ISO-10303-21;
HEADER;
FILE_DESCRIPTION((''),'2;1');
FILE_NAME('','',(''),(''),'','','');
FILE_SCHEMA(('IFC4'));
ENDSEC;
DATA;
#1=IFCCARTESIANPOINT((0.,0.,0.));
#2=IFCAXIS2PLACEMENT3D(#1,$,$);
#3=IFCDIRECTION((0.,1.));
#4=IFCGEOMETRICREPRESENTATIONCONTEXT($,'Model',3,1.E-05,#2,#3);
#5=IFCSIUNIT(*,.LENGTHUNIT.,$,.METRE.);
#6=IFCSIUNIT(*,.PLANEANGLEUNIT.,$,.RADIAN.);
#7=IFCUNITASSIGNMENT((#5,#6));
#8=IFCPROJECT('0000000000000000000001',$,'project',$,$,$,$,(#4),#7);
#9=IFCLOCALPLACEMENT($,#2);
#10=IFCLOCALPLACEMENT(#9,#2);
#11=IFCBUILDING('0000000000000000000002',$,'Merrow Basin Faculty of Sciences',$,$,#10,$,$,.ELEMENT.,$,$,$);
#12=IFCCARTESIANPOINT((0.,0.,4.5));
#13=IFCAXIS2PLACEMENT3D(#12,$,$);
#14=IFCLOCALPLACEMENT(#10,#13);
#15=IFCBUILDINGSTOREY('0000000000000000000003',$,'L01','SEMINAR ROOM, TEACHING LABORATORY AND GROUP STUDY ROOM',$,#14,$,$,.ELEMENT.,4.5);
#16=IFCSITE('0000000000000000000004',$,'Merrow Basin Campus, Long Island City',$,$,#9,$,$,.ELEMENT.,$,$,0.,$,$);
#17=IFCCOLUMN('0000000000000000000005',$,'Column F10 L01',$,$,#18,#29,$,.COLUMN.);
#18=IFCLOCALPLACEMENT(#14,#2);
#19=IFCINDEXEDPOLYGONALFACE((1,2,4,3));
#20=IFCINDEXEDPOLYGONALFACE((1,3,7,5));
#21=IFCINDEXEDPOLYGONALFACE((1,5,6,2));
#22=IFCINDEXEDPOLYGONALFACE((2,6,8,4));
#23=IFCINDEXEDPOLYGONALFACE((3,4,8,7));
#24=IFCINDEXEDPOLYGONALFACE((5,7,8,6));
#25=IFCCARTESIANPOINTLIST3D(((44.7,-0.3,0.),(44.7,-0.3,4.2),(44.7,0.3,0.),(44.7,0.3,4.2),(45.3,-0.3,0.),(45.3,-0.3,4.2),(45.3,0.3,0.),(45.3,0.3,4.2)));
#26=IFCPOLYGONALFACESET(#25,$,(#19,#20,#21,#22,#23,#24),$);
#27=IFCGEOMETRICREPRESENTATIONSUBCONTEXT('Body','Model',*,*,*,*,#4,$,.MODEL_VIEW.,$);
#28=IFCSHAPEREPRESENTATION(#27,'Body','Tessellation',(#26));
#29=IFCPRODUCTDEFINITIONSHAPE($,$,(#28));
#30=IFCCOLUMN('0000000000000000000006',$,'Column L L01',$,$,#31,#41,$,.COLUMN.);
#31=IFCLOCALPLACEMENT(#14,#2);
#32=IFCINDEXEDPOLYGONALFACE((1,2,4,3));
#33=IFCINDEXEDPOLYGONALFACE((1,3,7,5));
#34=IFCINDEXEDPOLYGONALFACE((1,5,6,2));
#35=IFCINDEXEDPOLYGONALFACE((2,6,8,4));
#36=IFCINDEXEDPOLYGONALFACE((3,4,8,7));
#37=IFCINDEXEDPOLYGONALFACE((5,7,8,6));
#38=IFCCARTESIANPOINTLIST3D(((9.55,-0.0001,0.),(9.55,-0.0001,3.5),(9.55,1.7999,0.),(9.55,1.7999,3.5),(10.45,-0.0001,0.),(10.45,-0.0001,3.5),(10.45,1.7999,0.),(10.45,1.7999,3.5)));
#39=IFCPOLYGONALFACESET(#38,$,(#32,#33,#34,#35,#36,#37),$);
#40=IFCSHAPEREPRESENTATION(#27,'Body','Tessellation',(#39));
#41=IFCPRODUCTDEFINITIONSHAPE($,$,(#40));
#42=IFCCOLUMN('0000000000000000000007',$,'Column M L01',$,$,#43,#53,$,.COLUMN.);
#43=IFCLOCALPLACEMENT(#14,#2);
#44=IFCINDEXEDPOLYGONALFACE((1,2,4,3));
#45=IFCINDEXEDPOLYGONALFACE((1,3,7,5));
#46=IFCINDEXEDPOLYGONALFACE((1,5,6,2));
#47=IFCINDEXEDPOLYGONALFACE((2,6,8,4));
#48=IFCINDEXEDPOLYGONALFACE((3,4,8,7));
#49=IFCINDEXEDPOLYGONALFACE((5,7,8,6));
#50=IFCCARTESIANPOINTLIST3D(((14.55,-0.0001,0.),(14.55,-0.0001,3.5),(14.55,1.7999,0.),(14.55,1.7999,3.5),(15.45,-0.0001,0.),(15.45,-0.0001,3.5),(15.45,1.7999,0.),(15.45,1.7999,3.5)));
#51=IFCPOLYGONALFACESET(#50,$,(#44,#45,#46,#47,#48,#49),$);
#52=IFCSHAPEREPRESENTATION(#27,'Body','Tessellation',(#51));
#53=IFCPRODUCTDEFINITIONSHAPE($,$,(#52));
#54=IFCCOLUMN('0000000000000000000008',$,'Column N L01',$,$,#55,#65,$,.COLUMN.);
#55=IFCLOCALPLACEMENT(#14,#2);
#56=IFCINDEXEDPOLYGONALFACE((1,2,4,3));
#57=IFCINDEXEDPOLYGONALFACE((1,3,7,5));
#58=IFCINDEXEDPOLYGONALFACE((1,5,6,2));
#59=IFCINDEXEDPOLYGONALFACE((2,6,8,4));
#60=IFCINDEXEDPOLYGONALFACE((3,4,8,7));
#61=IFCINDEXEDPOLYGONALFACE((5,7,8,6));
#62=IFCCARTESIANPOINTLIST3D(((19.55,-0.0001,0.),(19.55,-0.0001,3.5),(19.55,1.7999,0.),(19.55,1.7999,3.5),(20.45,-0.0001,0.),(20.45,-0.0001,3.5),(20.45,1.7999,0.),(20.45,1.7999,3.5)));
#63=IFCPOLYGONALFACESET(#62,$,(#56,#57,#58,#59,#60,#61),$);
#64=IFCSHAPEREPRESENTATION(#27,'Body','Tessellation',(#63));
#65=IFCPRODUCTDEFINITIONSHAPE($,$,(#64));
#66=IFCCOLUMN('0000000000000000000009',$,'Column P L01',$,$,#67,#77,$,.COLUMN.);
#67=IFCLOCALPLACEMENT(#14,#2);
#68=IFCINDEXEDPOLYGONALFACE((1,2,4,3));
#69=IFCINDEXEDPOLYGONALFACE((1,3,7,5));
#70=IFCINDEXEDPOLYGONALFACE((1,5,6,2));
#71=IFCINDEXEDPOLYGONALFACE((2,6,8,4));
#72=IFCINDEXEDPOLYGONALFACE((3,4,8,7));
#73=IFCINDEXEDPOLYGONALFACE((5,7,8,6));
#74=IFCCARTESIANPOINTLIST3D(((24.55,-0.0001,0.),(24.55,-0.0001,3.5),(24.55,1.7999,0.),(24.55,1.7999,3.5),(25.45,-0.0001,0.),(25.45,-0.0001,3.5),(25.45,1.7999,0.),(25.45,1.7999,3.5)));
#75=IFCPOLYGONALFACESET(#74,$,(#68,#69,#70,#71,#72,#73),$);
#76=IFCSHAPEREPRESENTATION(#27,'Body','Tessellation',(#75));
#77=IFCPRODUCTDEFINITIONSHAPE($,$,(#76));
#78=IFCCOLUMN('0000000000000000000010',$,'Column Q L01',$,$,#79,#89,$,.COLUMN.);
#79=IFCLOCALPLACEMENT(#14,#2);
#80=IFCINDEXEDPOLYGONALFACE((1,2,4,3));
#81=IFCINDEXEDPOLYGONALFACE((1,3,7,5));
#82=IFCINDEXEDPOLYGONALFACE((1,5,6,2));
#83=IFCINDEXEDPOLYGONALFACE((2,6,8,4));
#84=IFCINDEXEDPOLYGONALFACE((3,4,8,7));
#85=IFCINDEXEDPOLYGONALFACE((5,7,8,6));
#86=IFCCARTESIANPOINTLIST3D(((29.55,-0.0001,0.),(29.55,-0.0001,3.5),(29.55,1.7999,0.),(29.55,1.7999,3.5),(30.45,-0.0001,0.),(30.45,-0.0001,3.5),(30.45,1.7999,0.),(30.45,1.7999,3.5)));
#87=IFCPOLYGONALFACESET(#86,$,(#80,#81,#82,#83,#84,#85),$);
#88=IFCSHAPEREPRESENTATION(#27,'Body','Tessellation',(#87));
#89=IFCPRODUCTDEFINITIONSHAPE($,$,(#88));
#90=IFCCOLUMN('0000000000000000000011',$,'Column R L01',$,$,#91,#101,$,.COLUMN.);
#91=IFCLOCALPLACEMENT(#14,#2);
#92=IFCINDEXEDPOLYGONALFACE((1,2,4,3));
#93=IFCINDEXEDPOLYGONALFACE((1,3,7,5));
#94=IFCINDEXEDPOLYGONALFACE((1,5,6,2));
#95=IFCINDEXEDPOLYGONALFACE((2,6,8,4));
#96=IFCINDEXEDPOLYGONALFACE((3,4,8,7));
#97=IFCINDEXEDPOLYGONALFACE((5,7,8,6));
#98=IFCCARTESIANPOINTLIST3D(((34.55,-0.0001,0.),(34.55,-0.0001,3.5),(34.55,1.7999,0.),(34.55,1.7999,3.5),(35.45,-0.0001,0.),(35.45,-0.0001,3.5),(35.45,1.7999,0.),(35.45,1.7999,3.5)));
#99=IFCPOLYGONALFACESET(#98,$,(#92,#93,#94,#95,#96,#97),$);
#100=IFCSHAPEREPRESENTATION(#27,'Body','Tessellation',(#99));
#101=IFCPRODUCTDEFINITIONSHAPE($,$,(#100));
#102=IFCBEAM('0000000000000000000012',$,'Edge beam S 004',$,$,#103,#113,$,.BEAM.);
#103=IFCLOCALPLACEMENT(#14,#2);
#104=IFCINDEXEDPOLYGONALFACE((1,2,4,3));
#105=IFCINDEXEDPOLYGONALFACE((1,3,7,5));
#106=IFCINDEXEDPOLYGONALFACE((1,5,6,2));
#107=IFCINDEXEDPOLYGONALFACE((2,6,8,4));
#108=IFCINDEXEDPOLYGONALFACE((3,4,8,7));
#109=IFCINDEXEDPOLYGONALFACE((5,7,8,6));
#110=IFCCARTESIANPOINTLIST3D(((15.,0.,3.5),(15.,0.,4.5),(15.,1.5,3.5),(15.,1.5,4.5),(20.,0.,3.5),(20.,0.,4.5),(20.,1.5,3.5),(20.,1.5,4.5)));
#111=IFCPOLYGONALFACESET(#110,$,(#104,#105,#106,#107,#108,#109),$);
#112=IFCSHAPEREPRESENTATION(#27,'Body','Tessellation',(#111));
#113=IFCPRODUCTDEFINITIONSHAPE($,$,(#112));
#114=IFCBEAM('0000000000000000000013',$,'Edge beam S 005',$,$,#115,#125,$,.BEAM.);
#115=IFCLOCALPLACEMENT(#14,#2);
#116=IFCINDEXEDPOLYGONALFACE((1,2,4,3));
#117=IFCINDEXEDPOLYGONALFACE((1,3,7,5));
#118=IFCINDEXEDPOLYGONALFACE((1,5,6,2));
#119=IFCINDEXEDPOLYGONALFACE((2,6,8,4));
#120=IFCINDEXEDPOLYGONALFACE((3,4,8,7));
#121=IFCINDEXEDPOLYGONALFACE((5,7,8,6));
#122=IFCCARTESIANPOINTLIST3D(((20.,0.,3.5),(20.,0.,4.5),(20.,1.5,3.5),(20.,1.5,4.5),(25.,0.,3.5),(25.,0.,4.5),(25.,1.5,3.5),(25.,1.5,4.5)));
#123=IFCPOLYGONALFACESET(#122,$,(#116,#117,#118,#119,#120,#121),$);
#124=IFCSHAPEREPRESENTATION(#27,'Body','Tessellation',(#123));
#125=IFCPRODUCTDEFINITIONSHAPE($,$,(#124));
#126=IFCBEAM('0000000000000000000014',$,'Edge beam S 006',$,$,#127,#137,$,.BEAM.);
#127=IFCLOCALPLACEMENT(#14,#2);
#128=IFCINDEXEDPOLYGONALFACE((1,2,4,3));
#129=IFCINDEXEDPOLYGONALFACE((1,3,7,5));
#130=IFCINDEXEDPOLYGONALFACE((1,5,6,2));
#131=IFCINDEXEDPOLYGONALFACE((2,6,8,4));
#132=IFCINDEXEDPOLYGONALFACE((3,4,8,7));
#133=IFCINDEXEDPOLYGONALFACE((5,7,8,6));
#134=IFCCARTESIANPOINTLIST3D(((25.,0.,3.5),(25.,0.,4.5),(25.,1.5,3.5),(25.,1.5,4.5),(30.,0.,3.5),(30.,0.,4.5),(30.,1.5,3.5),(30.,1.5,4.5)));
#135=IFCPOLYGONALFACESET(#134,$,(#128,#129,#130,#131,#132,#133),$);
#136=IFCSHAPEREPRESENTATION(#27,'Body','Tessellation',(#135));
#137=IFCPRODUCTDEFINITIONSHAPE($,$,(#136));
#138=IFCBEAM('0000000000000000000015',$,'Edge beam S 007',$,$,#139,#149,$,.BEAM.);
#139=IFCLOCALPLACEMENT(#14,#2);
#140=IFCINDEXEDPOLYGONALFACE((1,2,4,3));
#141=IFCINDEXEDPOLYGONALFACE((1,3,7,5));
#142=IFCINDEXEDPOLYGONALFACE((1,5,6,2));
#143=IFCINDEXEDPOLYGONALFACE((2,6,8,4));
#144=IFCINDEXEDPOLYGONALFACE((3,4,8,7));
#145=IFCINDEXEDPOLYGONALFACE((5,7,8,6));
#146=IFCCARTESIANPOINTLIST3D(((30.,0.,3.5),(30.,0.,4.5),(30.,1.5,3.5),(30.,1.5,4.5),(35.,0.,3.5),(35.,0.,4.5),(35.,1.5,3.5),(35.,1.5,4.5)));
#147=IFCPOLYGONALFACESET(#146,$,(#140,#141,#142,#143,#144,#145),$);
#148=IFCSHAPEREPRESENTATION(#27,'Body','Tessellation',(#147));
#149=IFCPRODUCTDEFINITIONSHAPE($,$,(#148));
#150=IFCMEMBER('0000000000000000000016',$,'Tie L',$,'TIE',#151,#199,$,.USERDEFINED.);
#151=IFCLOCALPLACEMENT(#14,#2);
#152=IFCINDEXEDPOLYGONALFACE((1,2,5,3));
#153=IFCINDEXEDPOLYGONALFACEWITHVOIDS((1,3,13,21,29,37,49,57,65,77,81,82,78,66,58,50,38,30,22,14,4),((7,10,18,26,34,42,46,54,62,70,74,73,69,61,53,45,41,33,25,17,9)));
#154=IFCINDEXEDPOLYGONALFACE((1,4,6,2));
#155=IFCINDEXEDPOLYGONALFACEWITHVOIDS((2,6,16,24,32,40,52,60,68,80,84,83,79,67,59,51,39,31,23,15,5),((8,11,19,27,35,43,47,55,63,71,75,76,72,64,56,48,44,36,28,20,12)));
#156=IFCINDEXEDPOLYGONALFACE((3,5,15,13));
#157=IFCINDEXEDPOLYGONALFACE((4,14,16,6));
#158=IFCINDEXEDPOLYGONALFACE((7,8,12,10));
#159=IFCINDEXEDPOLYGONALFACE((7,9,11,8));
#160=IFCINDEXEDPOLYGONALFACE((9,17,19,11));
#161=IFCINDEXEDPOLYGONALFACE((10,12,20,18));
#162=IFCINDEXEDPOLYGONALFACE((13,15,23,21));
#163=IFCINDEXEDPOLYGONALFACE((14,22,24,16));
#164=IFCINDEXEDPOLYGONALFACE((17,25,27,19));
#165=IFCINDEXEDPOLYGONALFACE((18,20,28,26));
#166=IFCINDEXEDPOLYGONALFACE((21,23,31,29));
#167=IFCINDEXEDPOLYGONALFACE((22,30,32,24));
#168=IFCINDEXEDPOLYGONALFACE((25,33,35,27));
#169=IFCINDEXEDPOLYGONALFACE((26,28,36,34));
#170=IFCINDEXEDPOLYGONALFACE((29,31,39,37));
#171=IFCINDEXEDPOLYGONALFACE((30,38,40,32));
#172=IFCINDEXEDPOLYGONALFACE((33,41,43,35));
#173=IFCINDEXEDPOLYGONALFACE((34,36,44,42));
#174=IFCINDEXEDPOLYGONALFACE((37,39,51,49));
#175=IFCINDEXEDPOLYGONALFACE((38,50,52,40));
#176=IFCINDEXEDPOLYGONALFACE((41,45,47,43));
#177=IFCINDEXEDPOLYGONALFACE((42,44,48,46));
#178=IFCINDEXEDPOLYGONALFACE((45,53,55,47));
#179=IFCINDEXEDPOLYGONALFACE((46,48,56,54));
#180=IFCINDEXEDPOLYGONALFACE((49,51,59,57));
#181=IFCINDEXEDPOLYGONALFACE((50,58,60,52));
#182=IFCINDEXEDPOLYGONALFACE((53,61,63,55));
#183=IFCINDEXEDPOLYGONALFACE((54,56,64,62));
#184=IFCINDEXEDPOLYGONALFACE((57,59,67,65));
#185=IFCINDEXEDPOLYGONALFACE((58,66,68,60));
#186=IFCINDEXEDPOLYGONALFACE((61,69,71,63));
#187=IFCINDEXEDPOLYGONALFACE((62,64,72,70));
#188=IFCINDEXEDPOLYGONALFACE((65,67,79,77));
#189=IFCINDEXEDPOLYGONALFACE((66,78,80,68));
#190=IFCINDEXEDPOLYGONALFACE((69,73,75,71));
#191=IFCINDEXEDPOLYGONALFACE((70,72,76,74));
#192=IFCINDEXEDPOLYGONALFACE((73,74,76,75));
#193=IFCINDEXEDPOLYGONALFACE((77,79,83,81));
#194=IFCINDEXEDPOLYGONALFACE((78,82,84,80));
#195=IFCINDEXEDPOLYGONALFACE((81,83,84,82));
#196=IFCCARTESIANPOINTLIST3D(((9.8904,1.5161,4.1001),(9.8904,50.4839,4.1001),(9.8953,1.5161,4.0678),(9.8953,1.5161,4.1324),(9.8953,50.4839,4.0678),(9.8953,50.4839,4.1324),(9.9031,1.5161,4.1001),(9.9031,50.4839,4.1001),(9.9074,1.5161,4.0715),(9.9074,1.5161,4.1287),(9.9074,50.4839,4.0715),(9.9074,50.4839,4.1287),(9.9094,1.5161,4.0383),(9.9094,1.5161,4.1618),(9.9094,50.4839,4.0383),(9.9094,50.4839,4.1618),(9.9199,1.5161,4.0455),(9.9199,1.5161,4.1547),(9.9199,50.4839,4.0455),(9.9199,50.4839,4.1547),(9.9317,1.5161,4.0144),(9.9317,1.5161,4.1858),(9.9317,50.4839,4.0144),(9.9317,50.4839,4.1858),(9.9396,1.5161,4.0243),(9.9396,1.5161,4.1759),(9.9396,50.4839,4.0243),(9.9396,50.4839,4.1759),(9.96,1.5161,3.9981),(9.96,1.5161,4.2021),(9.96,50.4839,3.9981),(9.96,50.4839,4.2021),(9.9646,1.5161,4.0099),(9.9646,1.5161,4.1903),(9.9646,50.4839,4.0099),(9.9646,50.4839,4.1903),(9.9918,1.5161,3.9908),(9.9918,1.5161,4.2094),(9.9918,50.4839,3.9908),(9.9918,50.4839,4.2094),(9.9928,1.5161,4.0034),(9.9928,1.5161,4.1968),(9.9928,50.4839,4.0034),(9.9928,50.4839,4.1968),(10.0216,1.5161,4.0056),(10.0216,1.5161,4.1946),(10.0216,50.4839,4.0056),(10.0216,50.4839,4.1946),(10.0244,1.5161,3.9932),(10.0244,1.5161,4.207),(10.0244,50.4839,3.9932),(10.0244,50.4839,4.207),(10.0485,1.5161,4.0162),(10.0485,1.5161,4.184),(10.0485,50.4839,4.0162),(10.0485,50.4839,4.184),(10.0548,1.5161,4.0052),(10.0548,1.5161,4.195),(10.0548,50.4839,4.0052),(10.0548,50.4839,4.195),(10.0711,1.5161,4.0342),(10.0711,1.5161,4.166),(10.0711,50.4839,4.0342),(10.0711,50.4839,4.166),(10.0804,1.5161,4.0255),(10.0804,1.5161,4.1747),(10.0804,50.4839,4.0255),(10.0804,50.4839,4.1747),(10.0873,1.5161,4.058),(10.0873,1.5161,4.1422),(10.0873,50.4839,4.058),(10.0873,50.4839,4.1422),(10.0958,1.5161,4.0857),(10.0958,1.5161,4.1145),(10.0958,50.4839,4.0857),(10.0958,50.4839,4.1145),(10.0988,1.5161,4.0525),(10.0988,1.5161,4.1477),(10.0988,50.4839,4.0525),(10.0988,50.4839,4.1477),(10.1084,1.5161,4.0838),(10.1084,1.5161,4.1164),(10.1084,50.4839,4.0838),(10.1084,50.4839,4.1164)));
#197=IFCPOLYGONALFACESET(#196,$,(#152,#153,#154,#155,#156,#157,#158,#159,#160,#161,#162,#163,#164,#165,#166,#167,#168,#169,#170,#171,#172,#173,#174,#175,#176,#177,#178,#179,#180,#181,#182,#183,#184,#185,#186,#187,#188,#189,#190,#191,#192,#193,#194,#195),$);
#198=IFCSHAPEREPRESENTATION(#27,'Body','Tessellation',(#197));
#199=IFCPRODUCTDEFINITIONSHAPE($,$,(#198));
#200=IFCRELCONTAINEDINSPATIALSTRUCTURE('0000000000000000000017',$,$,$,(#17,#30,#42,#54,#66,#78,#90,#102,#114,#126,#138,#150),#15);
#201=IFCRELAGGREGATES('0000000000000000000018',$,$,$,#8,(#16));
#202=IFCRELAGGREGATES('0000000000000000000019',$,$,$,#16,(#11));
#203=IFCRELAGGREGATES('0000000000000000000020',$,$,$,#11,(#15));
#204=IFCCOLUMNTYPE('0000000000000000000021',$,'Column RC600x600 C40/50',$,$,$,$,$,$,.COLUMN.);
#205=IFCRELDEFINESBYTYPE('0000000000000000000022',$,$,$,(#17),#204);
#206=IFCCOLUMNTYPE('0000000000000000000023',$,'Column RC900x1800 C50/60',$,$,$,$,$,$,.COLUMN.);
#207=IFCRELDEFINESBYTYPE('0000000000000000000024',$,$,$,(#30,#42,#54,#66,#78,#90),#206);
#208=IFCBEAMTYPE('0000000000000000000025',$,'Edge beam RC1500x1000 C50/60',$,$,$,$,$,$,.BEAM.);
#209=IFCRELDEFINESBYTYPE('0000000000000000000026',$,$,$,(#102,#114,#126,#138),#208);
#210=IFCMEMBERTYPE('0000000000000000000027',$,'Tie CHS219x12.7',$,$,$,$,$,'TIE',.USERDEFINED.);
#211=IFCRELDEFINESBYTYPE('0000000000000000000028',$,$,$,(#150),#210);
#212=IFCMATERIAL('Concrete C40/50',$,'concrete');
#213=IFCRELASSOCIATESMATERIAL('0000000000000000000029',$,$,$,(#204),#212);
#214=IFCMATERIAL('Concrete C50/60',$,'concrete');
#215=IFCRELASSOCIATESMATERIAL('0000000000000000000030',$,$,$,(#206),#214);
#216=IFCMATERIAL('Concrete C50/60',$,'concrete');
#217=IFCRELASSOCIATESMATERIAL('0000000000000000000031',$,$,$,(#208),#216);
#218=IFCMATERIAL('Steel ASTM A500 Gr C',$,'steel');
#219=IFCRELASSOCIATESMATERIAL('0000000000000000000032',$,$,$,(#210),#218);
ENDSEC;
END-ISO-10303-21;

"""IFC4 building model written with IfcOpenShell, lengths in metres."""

from ifc_helpers import new_model, si_unit, direction, frame, origin, origin_2d, place, context, subcontext, project, spatial, rectangle, hollow_circle, extrude, material, material_profile, profile_set, type_object, element, save


model = new_model("IFC4")

# Units and contexts
model_context = context("Model", 3, precision=1e-05, world=origin(), true_north=direction((0.0, 1.0)))
body_context = subcontext(model_context, "Body", "Model", "MODEL_VIEW")
ifc_project = project(units=[si_unit("LENGTHUNIT", "METRE"), si_unit("PLANEANGLEUNIT", "RADIAN")], contexts=[model_context])

# Site, building, storey
site_placement = place(None, origin())
site = spatial("IfcSite", under=ifc_project, at=site_placement, Name="Merrow Basin Campus, Long Island City", CompositionType="ELEMENT", RefElevation=0.0)
building_placement = place(site_placement, origin())
building = spatial("IfcBuilding", under=site, at=building_placement, Name="Merrow Basin Faculty of Sciences", CompositionType="ELEMENT")
storey_placement = place(building_placement, frame((0.0, 0.0, 4.5)))
storey = spatial("IfcBuildingStorey", under=building, at=storey_placement, Name="L01", Description="SEMINAR ROOM, TEACHING LABORATORY AND GROUP STUDY ROOM", CompositionType="ELEMENT", Elevation=4.5)

# Columns
ifc_material_1 = material(Name="Concrete C40/50", Category="concrete")
ifc_material_profile_1 = material_profile(ifc_material_1, rectangle(XDim=0.6001, YDim=0.6001, at=origin_2d()))
ifc_profile_set_1 = profile_set([ifc_material_profile_1], Name="Concrete C40/50")
column_type_1 = type_object("IfcColumnType", Name="Column RC600x600 C40/50", PredefinedType="COLUMN", material=ifc_profile_set_1)
column_placement = place(storey_placement, frame((45.0, 0.0, 0.0), z_axis=(0.0, 0.0, 1.0), x_axis=(1.0, 0.0, 0.0)))
element("IfcColumn", 1, at=column_placement, inside=storey, type_object=column_type_1, Name="Column F10 L01", PredefinedType="COLUMN", context=body_context, shape_type="SweptSolid", body=[
    extrude(rectangle(XDim=0.6001, YDim=0.6001, at=origin_2d()), origin(), (0.0, 0.0, 1.0), 4.2),
])
ifc_material_2 = material(Name="Concrete C50/60", Category="concrete")
ifc_material_profile_2 = material_profile(ifc_material_2, rectangle(XDim=0.8999, YDim=1.8, at=origin_2d()))
ifc_profile_set_2 = profile_set([ifc_material_profile_2], Name="Concrete C50/60")
column_type_2 = type_object("IfcColumnType", Name="Column RC900x1800 C50/60", PredefinedType="COLUMN", material=ifc_profile_set_2)
for number, where, z_axis, x_axis, name in (
    (2, (10.0, 0.8999, 0.0), (0.0, 0.0, 1.0), (1.0, 0.0, 0.0), "Column L L01"),
    (3, (15.0, 0.8999, 0.0), (0.0, 0.0, 1.0), (1.0, 0.0, 0.0), "Column M L01"),
    (4, (20.0, 0.8999, 0.0), (0.0, 0.0, 1.0), (1.0, 0.0, 0.0), "Column N L01"),
    (5, (25.0, 0.8999, 0.0), (0.0, 0.0, 1.0), (1.0, 0.0, 0.0), "Column P L01"),
    (6, (30.0, 0.8999, 0.0), (0.0, 0.0, 1.0), (1.0, 0.0, 0.0), "Column Q L01"),
    (7, (35.0, 0.8999, 0.0), (0.0, 0.0, 1.0), (1.0, 0.0, 0.0), "Column R L01"),
):
    element("IfcColumn", number, at=place(storey_placement, frame(where, z_axis=z_axis, x_axis=x_axis)), inside=storey, type_object=column_type_2, Name=name, PredefinedType="COLUMN", context=body_context, shape_type="SweptSolid", body=[
        extrude(rectangle(XDim=0.8999, YDim=1.8, at=origin_2d()), origin(), (0.0, 0.0, 1.0), 3.5),
    ])

# Beams
ifc_material_3 = material(Name="Concrete C50/60", Category="concrete")
ifc_material_profile_3 = material_profile(ifc_material_3, rectangle(XDim=1.5, YDim=1.0, at=origin_2d()))
ifc_profile_set_3 = profile_set([ifc_material_profile_3], Name="Concrete C50/60")
beam_type = type_object("IfcBeamType", Name="Edge beam RC1500x1000 C50/60", PredefinedType="BEAM", material=ifc_profile_set_3)
for number, where, z_axis, x_axis, name in (
    (8, (15.0, 0.75, 4.0), (1.0, 0.0, 0.0), (0.0, 1.0, 0.0), "Edge beam S 004"),
    (9, (20.0, 0.75, 4.0), (1.0, 0.0, 0.0), (0.0, 1.0, 0.0), "Edge beam S 005"),
    (10, (25.0, 0.75, 4.0), (1.0, 0.0, 0.0), (0.0, 1.0, 0.0), "Edge beam S 006"),
    (11, (30.0, 0.75, 4.0), (1.0, 0.0, 0.0), (0.0, 1.0, 0.0), "Edge beam S 007"),
):
    element("IfcBeam", number, at=place(storey_placement, frame(where, z_axis=z_axis, x_axis=x_axis)), inside=storey, type_object=beam_type, Name=name, PredefinedType="BEAM", context=body_context, shape_type="SweptSolid", body=[
        extrude(rectangle(XDim=1.5, YDim=1.0, at=origin_2d()), origin(), (0.0, 0.0, 1.0), 5.0),
    ])

# Member
ifc_material_4 = material(Name="Steel ASTM A500 Gr C", Category="steel")
ifc_material_profile_4 = material_profile(ifc_material_4, hollow_circle(Radius=0.1096, WallThickness=0.0127, at=origin_2d()))
ifc_profile_set_4 = profile_set([ifc_material_profile_4], Name="Steel ASTM A500 Gr C")
member_type = type_object("IfcMemberType", Name="Tie CHS219x12.7", ElementType="TIE", PredefinedType="USERDEFINED", material=ifc_profile_set_4)
for number, where, z_axis, x_axis, name in (
    (12, (10.0, 1.5161, 4.1001), (0.0, 1.0, 0.0), (-1.0, 0.0, 0.0), "Tie L"),
):
    element("IfcMember", number, at=place(storey_placement, frame(where, z_axis=z_axis, x_axis=x_axis)), inside=storey, type_object=member_type, Name=name, ObjectType="TIE", PredefinedType="USERDEFINED", context=body_context, shape_type="SweptSolid", body=[
        extrude(hollow_circle(Radius=0.1096, WallThickness=0.0127, at=origin_2d()), origin(), (0.0, 0.0, 1.0), 48.9678),
    ])

save(model, "model.ifc")
